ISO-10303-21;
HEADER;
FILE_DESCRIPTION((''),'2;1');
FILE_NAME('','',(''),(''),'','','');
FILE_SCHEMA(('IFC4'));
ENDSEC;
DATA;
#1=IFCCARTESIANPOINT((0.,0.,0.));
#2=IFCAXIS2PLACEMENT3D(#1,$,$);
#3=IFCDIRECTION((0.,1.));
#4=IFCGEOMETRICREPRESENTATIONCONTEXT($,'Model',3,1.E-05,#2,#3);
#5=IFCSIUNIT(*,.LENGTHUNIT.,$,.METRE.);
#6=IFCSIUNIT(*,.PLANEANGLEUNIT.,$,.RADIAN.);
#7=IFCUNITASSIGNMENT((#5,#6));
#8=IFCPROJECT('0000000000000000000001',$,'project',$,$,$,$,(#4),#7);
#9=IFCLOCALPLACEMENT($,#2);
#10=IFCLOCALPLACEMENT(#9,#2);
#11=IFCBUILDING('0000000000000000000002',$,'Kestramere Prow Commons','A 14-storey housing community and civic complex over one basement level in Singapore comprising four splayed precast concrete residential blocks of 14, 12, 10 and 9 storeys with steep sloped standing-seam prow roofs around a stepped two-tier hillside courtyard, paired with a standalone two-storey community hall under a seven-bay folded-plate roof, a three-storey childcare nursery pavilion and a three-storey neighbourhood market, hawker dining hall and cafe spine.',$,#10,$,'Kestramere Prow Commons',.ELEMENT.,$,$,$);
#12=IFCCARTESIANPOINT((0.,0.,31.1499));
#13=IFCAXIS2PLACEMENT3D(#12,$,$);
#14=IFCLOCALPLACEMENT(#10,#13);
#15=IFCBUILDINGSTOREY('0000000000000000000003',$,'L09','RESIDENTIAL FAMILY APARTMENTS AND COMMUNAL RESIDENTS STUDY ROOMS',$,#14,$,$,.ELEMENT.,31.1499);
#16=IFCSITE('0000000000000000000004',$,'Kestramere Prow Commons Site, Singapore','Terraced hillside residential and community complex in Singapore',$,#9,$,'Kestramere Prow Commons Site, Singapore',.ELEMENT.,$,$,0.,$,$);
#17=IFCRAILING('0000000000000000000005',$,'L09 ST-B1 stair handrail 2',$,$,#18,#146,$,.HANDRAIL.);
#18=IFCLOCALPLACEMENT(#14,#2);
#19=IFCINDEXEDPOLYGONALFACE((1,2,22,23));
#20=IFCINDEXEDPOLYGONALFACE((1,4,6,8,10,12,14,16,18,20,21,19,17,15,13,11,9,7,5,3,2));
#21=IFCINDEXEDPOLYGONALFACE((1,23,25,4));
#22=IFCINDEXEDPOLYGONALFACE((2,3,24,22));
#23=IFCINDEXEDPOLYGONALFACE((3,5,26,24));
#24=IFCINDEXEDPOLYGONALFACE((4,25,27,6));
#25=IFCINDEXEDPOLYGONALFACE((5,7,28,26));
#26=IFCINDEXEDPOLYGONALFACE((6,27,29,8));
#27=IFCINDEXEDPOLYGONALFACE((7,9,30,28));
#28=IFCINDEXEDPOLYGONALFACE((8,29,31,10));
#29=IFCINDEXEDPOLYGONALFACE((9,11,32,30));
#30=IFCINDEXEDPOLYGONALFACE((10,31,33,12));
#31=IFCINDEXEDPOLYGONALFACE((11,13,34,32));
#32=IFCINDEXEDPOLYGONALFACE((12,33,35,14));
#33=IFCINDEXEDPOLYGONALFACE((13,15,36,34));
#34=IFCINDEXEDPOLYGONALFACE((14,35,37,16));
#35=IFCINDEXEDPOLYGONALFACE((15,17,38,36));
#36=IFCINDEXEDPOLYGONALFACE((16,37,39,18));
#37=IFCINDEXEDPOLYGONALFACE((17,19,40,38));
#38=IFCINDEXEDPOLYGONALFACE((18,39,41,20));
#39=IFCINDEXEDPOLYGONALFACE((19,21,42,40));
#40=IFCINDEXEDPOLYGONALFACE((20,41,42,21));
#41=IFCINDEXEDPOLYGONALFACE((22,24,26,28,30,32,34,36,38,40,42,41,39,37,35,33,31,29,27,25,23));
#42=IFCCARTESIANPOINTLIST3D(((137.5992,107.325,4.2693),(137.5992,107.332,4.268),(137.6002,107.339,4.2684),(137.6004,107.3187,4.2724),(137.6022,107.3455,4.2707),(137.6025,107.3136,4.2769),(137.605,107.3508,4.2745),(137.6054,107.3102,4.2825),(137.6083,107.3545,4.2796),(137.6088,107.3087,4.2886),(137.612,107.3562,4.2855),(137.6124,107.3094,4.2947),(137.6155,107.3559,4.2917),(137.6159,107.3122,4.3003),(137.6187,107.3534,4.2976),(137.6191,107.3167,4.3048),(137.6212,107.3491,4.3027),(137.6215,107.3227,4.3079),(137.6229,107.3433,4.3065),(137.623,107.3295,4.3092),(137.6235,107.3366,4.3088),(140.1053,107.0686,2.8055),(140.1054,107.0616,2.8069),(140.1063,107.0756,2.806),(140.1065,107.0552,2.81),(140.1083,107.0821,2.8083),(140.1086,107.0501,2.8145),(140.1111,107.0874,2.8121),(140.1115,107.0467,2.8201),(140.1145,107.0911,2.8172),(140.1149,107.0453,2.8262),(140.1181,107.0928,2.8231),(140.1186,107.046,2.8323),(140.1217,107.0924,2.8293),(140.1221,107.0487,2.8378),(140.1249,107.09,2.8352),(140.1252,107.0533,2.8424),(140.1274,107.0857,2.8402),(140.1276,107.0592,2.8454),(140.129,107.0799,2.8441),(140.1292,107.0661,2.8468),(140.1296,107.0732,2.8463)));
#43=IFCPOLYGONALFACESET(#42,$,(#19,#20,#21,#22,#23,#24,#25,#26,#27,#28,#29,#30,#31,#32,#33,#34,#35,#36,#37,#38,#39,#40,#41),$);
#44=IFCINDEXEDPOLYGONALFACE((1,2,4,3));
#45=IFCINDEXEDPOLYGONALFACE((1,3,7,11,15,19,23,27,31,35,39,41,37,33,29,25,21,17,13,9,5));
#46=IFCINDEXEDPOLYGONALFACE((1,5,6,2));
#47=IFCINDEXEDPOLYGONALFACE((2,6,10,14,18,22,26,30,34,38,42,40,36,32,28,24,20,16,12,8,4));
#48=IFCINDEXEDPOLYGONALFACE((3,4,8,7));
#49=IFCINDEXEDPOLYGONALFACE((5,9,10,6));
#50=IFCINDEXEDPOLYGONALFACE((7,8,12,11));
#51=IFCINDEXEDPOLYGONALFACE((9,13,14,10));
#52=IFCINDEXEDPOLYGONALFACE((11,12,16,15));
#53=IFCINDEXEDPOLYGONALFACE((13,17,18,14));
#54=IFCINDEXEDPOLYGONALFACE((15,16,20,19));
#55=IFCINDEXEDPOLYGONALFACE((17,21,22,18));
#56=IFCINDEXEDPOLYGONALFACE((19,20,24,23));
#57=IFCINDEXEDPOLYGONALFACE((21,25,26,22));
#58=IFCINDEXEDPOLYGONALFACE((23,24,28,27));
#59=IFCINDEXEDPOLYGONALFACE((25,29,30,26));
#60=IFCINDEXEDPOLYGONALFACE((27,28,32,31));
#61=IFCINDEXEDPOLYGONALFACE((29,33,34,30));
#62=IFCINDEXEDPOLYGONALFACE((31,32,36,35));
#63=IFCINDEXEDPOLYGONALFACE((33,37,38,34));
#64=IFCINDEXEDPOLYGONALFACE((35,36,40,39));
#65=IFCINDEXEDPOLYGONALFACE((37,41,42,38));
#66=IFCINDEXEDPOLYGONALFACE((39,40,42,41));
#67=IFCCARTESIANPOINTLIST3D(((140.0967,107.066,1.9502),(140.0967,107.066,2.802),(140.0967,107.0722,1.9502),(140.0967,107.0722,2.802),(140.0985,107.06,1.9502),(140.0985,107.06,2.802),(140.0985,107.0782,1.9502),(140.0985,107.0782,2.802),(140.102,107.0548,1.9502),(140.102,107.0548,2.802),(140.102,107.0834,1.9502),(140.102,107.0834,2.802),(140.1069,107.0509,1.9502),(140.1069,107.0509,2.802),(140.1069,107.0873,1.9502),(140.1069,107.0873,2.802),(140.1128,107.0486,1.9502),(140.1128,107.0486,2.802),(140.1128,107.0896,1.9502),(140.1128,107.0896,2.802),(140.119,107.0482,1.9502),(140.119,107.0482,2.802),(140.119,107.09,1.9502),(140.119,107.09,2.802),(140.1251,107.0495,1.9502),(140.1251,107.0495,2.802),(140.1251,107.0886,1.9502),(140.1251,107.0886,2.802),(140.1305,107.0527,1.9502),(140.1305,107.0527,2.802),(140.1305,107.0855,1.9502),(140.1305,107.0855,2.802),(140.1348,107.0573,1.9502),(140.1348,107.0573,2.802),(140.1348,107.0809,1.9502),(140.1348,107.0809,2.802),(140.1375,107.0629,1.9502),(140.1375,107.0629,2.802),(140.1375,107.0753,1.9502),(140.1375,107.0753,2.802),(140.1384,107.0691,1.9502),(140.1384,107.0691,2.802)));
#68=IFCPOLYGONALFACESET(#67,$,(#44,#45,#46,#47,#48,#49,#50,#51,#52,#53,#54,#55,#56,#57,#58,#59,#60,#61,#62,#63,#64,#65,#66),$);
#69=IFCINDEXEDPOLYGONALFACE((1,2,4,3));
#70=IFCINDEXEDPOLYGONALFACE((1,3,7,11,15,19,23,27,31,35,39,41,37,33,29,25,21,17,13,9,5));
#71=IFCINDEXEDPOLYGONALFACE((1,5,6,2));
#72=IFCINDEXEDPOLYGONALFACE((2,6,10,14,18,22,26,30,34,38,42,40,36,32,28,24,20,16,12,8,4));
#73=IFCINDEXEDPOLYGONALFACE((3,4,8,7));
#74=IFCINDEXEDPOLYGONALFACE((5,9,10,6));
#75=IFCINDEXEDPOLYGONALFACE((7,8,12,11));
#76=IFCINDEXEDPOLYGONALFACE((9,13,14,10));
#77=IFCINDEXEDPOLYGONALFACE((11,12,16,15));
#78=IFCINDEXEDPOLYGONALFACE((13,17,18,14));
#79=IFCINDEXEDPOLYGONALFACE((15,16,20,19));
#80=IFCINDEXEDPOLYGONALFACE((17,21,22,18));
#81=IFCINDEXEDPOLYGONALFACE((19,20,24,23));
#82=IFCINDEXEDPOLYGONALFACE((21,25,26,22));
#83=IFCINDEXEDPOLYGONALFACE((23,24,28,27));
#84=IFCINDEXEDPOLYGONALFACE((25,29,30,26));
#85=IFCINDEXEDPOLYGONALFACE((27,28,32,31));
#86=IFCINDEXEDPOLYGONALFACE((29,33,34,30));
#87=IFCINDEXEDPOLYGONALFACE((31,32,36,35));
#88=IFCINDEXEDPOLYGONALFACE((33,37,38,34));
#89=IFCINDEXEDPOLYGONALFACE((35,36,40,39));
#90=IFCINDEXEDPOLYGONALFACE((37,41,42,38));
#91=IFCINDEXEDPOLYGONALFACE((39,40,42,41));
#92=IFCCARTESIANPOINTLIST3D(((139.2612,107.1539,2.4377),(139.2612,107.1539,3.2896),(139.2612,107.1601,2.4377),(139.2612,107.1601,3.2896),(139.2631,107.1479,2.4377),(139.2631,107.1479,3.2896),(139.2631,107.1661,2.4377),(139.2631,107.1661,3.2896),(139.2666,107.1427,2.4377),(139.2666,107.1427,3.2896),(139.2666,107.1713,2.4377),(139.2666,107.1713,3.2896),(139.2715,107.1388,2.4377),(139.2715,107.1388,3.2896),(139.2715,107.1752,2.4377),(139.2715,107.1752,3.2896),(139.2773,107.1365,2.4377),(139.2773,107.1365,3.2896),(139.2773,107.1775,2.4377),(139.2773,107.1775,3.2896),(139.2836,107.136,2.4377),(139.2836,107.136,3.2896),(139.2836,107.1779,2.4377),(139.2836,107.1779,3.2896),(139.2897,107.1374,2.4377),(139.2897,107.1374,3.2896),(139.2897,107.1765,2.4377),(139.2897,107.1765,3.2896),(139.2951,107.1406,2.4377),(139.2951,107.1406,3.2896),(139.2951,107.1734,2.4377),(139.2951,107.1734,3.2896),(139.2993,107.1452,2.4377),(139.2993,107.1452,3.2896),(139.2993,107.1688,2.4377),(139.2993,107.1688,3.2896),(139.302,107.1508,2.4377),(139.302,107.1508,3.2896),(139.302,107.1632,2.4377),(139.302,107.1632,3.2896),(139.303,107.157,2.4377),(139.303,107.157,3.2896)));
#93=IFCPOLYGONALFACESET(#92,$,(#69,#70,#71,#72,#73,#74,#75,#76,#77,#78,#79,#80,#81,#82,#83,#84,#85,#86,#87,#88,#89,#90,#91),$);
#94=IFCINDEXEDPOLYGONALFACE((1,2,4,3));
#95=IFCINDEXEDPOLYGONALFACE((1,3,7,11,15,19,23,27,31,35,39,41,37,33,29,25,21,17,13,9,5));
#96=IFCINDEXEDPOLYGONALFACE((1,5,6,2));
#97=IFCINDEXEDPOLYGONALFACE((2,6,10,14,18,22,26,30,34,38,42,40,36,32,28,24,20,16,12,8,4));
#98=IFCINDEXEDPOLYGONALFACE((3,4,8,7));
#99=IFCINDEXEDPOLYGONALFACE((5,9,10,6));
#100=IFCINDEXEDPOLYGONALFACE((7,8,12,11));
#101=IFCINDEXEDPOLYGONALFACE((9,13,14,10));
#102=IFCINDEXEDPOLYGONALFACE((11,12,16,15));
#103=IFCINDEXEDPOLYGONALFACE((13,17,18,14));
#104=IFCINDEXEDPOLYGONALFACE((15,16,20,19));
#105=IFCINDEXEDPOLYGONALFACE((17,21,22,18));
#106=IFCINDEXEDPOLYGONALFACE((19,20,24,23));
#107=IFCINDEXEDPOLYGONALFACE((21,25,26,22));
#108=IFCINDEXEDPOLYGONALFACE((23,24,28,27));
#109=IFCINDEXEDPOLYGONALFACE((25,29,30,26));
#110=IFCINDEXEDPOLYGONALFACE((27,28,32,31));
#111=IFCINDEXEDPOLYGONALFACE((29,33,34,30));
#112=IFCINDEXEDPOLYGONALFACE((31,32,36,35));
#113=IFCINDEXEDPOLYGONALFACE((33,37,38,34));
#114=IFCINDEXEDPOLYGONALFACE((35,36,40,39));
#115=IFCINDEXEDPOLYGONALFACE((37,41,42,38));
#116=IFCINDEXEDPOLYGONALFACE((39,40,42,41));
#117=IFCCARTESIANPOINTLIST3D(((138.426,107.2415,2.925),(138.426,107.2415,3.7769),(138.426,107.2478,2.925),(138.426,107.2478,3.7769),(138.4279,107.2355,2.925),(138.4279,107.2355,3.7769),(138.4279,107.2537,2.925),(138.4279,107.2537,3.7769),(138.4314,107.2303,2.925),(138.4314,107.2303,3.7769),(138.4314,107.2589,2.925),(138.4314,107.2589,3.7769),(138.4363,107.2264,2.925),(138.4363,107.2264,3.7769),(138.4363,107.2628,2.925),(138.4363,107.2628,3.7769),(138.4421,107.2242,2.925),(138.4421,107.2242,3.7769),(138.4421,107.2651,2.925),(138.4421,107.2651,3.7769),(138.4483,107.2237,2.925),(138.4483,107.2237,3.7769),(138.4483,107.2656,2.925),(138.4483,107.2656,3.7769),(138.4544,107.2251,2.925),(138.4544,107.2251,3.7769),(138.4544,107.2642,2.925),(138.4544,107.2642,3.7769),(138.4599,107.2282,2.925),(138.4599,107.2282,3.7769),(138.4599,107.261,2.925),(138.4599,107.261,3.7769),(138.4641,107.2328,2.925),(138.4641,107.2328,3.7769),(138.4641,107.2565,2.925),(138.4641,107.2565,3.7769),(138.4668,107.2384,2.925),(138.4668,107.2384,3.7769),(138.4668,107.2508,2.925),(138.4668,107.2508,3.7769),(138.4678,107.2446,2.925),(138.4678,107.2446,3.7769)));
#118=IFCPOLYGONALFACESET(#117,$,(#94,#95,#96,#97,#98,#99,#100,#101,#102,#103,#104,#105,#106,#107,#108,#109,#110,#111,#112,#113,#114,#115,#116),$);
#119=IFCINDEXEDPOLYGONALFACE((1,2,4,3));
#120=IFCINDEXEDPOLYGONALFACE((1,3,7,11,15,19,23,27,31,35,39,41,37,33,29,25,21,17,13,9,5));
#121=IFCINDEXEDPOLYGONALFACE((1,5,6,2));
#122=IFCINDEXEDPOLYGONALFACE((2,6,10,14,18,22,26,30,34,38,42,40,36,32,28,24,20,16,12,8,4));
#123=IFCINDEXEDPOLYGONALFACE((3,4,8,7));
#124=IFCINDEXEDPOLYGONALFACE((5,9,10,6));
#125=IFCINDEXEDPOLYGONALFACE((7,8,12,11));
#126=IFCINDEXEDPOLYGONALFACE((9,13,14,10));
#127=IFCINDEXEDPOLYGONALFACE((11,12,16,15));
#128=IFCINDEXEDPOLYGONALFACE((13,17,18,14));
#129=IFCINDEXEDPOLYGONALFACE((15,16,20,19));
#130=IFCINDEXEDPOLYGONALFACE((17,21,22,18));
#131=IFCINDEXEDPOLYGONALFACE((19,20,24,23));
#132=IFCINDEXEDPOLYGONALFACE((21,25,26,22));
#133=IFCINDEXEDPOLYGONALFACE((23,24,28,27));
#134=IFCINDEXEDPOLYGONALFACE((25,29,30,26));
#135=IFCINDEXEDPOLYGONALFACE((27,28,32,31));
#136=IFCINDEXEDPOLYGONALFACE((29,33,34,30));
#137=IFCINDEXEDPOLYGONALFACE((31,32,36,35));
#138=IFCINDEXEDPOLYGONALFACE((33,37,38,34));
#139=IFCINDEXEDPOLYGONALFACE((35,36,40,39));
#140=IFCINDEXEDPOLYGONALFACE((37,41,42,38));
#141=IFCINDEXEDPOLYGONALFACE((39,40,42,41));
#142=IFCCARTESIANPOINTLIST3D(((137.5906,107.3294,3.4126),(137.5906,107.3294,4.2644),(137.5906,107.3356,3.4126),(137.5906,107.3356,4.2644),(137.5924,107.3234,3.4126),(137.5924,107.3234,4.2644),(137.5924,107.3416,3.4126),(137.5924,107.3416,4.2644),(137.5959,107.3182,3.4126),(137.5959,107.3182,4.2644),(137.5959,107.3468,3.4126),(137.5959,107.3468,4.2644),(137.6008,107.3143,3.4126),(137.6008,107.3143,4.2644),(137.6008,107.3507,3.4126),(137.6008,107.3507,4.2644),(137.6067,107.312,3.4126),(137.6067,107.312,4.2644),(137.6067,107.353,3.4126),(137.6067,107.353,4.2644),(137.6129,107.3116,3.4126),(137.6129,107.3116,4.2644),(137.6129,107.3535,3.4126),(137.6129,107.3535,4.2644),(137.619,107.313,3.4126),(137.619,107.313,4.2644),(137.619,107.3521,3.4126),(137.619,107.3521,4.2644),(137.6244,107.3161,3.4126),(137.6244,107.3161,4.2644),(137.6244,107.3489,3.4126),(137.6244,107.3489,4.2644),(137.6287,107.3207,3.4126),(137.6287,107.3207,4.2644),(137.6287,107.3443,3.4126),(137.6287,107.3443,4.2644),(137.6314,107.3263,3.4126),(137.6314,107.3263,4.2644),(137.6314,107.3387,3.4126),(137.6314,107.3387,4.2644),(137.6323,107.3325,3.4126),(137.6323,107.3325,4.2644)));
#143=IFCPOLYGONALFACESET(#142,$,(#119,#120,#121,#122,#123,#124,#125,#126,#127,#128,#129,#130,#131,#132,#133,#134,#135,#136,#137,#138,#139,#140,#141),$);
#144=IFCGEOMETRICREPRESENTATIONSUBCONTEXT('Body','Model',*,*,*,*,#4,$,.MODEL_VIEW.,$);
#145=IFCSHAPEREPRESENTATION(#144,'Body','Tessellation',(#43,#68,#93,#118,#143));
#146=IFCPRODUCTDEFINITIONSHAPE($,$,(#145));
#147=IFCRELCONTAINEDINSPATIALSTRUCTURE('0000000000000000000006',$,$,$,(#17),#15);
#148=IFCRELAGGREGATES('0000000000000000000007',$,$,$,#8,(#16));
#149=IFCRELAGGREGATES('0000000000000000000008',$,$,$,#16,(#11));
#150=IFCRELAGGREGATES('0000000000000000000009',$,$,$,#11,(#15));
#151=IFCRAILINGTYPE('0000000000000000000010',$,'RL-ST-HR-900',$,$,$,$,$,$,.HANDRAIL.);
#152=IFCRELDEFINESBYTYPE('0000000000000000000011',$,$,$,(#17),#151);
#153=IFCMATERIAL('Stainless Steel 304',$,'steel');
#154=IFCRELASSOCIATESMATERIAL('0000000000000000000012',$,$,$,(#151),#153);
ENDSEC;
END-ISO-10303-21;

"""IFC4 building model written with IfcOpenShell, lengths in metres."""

from ifc_helpers import new_model, si_unit, direction, frame, origin, origin_2d, place, context, subcontext, project, spatial, circle, extrude, material, type_object, element, save


model = new_model("IFC4")

# Units and contexts
model_context = context("Model", 3, precision=1e-05, world=origin(), true_north=direction((0.0, 1.0)))
body_context = subcontext(model_context, "Body", "Model", "MODEL_VIEW")
ifc_project = project(units=[si_unit("LENGTHUNIT", "METRE"), si_unit("PLANEANGLEUNIT", "RADIAN")], contexts=[model_context])

# Site, building, storey
site_placement = place(None, origin())
site = spatial("IfcSite", under=ifc_project, at=site_placement, Name="Kestramere Prow Commons Site, Singapore", Description="Terraced hillside residential and community complex in Singapore", LongName="Kestramere Prow Commons Site, Singapore", CompositionType="ELEMENT", RefElevation=0.0)
building_placement = place(site_placement, origin())
building = spatial("IfcBuilding", under=site, at=building_placement, Name="Kestramere Prow Commons", Description="A 14-storey housing community and civic complex over one basement level in Singapore comprising four splayed precast concrete residential blocks of 14, 12, 10 and 9 storeys with steep sloped standing-seam prow roofs around a stepped two-tier hillside courtyard, paired with a standalone two-storey community hall under a seven-bay folded-plate roof, a three-storey childcare nursery pavilion and a three-storey neighbourhood market, hawker dining hall and cafe spine.", LongName="Kestramere Prow Commons", CompositionType="ELEMENT")
storey_placement = place(building_placement, frame((0.0, 0.0, 31.1499)))
storey = spatial("IfcBuildingStorey", under=building, at=storey_placement, Name="L09", Description="RESIDENTIAL FAMILY APARTMENTS AND COMMUNAL RESIDENTS STUDY ROOMS", CompositionType="ELEMENT", Elevation=31.1499)

# Railing
ifc_material_1 = material(Name="Stainless Steel 304", Category="steel")
railing_type_1 = type_object("IfcRailingType", Name="RL-ST-HR-900", PredefinedType="HANDRAIL", material=ifc_material_1)
railing_1_placement = place(storey_placement, frame((140.1174, 107.0691, 1.9502)))
element("IfcRailing", 1, at=railing_1_placement, inside=storey, type_object=railing_type_1, Name="L09 ST-B1 stair handrail 2", PredefinedType="HANDRAIL", context=body_context, shape_type="SweptSolid", body=[
    extrude(circle(Radius=0.0239, at=origin_2d()), frame((0.0, 0.0, 0.876), z_axis=(-0.860165, 0.090416, 0.501937), x_axis=(-0.104539, -0.994521, 0.0)), (0.0, 0.0, 1.0), 2.9136),
    extrude(circle(Radius=0.021, at=origin_2d()), origin(), (0.0, 0.0, 1.0), 0.8518),
    extrude(circle(Radius=0.021, at=origin_2d()), frame((-0.8354, 0.0879, 0.4875)), (0.0, 0.0, 1.0), 0.8518),
    extrude(circle(Radius=0.021, at=origin_2d()), frame((-1.6707, 0.1755, 0.9749)), (0.0, 0.0, 1.0), 0.8518),
    extrude(circle(Radius=0.021, at=origin_2d()), frame((-2.5061, 0.2634, 1.4624)), (0.0, 0.0, 1.0), 0.8518),
])

save(model, "model.ifc")
